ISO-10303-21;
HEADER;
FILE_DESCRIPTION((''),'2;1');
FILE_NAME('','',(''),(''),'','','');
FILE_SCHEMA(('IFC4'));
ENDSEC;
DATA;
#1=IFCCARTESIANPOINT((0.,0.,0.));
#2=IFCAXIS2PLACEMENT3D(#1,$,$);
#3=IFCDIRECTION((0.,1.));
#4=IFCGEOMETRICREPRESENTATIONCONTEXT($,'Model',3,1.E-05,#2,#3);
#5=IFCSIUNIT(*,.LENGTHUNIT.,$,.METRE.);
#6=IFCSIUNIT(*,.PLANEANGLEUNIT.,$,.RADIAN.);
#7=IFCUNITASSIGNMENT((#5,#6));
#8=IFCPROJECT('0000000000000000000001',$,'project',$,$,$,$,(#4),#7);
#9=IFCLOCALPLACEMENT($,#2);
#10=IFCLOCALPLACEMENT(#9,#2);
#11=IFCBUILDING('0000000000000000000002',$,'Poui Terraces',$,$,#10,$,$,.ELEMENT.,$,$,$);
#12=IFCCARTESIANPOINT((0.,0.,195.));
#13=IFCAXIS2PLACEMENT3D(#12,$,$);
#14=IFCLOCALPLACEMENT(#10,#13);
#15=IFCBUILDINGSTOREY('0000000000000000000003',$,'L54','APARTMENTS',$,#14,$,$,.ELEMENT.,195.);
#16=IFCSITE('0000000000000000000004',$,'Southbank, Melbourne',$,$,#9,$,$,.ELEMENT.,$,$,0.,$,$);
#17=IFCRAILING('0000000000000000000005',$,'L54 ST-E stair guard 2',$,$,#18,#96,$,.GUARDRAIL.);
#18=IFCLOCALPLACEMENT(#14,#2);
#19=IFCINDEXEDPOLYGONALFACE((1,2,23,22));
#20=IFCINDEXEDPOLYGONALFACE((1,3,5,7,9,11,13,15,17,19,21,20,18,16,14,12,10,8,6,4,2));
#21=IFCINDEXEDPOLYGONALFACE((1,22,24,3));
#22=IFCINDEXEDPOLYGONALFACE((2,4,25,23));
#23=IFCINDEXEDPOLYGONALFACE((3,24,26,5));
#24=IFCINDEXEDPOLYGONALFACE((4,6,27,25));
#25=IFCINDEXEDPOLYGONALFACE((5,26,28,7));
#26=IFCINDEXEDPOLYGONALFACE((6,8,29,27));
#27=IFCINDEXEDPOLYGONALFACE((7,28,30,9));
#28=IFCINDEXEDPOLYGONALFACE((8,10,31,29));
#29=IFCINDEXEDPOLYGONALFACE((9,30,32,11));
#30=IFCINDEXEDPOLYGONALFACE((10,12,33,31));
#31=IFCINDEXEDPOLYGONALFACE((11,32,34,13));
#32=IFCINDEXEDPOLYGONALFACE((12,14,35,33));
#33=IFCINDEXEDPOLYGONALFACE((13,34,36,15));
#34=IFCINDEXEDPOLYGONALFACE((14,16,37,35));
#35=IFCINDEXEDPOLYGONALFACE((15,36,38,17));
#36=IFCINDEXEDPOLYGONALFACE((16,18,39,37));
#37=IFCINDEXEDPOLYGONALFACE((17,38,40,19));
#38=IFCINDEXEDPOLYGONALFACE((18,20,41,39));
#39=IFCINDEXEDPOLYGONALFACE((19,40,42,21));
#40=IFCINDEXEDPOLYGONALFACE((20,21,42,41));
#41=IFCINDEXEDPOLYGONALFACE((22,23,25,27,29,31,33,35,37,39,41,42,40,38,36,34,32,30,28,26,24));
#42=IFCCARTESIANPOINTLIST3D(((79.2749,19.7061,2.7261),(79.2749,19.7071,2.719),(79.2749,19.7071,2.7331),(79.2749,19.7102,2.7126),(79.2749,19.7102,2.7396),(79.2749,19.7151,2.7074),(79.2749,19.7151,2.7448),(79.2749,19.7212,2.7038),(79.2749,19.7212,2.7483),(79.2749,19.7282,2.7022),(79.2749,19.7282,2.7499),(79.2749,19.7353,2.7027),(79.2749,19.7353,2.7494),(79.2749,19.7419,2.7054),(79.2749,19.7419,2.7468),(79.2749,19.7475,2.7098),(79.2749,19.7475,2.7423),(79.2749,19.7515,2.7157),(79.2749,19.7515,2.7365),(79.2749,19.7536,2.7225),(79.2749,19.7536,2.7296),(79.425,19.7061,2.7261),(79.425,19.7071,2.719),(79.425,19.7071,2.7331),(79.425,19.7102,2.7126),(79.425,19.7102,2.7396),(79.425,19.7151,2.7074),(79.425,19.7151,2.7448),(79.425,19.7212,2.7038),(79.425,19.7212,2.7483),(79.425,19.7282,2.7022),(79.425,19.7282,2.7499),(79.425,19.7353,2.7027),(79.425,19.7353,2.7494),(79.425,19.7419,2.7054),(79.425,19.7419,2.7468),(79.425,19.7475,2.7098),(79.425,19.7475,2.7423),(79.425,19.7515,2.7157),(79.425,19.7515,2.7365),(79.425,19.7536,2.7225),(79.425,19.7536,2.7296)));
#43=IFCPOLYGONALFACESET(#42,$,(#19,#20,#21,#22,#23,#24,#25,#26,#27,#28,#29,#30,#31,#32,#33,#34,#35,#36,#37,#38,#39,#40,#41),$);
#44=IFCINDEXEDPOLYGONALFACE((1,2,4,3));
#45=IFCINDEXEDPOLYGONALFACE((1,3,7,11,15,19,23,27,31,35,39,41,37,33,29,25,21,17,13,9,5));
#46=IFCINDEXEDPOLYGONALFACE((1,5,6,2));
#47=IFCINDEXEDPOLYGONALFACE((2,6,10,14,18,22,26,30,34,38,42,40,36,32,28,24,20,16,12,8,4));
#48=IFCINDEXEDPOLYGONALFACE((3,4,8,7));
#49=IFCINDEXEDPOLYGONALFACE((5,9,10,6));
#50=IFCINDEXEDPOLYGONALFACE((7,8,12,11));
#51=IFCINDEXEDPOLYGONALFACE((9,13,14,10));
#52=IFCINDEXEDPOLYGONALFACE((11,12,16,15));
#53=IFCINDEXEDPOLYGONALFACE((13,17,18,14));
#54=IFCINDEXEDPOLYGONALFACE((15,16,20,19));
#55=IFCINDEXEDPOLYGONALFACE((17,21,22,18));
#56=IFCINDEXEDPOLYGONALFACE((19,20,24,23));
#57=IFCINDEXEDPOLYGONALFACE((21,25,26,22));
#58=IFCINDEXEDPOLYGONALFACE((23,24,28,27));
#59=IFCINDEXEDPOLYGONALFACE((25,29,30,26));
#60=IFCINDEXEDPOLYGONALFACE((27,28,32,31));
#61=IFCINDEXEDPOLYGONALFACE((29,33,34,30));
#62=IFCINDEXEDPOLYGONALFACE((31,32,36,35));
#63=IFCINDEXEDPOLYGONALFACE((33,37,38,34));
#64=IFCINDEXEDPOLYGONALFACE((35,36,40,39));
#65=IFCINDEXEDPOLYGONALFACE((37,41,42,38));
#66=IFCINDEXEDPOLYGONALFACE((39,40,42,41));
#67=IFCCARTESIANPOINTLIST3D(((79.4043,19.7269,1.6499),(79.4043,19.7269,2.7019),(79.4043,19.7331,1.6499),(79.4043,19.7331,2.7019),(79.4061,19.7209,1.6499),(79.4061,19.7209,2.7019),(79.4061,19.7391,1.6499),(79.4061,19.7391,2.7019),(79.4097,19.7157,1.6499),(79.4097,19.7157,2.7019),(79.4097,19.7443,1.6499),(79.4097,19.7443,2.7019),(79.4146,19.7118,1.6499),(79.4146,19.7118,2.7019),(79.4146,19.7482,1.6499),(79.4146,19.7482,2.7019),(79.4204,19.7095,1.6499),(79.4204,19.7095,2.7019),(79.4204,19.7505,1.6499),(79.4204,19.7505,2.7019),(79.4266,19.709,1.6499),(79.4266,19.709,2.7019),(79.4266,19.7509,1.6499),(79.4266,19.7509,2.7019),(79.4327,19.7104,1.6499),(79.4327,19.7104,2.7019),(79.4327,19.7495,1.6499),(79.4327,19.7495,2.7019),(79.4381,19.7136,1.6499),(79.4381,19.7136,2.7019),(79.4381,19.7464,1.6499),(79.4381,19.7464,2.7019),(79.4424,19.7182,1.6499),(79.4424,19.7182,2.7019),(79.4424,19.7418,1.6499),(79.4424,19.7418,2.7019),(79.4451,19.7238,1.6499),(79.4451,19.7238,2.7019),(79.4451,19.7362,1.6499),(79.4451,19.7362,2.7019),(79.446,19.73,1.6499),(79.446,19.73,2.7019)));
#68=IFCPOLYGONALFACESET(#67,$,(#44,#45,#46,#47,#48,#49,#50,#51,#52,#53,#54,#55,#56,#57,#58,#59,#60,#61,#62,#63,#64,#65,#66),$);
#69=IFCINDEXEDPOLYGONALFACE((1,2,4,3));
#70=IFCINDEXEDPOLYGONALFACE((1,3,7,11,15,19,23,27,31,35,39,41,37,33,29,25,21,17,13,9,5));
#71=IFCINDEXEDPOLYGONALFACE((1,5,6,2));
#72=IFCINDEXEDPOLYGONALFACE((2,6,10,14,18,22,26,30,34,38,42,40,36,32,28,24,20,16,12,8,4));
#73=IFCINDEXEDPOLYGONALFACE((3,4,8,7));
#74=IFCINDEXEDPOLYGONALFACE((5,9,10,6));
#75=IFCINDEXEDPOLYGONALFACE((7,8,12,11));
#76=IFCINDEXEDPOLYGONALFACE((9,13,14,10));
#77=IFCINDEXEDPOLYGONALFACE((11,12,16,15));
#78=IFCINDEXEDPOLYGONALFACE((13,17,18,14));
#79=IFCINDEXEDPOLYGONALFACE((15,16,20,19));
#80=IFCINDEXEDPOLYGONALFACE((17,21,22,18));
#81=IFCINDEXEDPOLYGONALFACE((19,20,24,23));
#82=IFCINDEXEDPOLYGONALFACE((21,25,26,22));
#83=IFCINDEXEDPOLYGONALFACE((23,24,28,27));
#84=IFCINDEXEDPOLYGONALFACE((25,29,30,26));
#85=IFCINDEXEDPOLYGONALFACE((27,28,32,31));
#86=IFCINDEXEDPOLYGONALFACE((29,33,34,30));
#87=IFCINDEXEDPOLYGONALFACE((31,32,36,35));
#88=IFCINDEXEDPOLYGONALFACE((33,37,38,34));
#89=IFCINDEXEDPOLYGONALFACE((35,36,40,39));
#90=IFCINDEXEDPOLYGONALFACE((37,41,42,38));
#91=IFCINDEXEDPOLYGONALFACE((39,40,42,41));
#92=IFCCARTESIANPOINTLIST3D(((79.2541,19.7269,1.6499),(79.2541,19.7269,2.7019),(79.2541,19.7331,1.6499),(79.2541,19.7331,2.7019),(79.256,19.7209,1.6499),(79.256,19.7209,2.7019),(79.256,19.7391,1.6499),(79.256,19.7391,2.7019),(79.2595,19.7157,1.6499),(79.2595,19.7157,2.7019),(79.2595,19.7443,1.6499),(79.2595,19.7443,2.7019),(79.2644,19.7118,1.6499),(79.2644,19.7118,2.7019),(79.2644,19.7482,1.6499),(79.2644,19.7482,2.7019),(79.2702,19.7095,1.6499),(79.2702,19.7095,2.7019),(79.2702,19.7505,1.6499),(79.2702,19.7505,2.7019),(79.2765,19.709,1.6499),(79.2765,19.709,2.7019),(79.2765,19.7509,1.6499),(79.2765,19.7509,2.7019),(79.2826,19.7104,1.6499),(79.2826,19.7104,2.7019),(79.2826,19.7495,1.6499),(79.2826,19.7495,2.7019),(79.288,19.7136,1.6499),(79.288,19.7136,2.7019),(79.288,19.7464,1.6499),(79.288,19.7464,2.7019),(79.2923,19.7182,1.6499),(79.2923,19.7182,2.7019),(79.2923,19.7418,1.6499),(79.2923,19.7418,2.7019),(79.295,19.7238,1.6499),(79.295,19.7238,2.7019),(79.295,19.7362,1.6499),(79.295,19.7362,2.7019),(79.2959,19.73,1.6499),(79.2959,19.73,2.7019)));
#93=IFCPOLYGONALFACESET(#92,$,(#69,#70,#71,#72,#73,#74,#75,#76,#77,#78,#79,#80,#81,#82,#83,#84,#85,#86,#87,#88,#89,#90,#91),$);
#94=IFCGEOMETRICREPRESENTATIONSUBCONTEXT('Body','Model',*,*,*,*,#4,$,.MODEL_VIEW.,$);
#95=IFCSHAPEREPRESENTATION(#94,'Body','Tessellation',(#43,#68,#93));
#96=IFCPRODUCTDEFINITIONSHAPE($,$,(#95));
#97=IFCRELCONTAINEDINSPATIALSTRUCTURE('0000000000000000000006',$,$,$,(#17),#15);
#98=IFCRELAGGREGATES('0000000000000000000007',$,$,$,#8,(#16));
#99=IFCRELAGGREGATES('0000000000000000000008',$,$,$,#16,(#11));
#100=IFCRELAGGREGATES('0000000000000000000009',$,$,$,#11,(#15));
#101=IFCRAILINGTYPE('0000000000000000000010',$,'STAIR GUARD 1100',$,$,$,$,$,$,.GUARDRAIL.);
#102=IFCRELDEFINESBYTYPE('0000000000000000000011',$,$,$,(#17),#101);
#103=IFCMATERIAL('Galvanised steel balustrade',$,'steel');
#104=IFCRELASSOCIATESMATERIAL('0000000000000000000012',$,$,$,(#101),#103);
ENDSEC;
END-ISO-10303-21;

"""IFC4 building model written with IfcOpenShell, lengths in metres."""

from ifc_helpers import new_model, si_unit, direction, frame, origin, origin_2d, place, context, subcontext, project, spatial, circle, extrude, material, type_object, element, save


model = new_model("IFC4")

# Units and contexts
model_context = context("Model", 3, precision=1e-05, world=origin(), true_north=direction((0.0, 1.0)))
body_context = subcontext(model_context, "Body", "Model", "MODEL_VIEW")
ifc_project = project(units=[si_unit("LENGTHUNIT", "METRE"), si_unit("PLANEANGLEUNIT", "RADIAN")], contexts=[model_context])

# Site, building, storey
site_placement = place(None, origin())
site = spatial("IfcSite", under=ifc_project, at=site_placement, Name="Southbank, Melbourne", CompositionType="ELEMENT", RefElevation=0.0)
building_placement = place(site_placement, origin())
building = spatial("IfcBuilding", under=site, at=building_placement, Name="Poui Terraces", CompositionType="ELEMENT")
storey_placement = place(building_placement, frame((0.0, 0.0, 195.0)))
storey = spatial("IfcBuildingStorey", under=building, at=storey_placement, Name="L54", Description="APARTMENTS", CompositionType="ELEMENT", Elevation=195.0)

# Railing
ifc_material_1 = material(Name="Galvanised steel balustrade", Category="steel")
railing_type_1 = type_object("IfcRailingType", Name="STAIR GUARD 1100", PredefinedType="GUARDRAIL", material=ifc_material_1)
railing_1_placement = place(storey_placement, frame((79.425, 19.73, 1.6499)))
element("IfcRailing", 1, at=railing_1_placement, inside=storey, type_object=railing_type_1, Name="L54 ST-E stair guard 2", PredefinedType="GUARDRAIL", context=body_context, shape_type="SweptSolid", body=[
    extrude(circle(Radius=0.0239, at=origin_2d()), frame((0.0, 0.0, 1.0762), z_axis=(-1.0, 0.0, 0.0), x_axis=(0.0, -1.0, 0.0)), (0.0, 0.0, 1.0), 0.1501),
    extrude(circle(Radius=0.021, at=origin_2d()), origin(), (0.0, 0.0, 1.0), 1.052),
    extrude(circle(Radius=0.021, at=origin_2d()), frame((-0.1501, 0.0, 0.0)), (0.0, 0.0, 1.0), 1.052),
])

save(model, "model.ifc")
